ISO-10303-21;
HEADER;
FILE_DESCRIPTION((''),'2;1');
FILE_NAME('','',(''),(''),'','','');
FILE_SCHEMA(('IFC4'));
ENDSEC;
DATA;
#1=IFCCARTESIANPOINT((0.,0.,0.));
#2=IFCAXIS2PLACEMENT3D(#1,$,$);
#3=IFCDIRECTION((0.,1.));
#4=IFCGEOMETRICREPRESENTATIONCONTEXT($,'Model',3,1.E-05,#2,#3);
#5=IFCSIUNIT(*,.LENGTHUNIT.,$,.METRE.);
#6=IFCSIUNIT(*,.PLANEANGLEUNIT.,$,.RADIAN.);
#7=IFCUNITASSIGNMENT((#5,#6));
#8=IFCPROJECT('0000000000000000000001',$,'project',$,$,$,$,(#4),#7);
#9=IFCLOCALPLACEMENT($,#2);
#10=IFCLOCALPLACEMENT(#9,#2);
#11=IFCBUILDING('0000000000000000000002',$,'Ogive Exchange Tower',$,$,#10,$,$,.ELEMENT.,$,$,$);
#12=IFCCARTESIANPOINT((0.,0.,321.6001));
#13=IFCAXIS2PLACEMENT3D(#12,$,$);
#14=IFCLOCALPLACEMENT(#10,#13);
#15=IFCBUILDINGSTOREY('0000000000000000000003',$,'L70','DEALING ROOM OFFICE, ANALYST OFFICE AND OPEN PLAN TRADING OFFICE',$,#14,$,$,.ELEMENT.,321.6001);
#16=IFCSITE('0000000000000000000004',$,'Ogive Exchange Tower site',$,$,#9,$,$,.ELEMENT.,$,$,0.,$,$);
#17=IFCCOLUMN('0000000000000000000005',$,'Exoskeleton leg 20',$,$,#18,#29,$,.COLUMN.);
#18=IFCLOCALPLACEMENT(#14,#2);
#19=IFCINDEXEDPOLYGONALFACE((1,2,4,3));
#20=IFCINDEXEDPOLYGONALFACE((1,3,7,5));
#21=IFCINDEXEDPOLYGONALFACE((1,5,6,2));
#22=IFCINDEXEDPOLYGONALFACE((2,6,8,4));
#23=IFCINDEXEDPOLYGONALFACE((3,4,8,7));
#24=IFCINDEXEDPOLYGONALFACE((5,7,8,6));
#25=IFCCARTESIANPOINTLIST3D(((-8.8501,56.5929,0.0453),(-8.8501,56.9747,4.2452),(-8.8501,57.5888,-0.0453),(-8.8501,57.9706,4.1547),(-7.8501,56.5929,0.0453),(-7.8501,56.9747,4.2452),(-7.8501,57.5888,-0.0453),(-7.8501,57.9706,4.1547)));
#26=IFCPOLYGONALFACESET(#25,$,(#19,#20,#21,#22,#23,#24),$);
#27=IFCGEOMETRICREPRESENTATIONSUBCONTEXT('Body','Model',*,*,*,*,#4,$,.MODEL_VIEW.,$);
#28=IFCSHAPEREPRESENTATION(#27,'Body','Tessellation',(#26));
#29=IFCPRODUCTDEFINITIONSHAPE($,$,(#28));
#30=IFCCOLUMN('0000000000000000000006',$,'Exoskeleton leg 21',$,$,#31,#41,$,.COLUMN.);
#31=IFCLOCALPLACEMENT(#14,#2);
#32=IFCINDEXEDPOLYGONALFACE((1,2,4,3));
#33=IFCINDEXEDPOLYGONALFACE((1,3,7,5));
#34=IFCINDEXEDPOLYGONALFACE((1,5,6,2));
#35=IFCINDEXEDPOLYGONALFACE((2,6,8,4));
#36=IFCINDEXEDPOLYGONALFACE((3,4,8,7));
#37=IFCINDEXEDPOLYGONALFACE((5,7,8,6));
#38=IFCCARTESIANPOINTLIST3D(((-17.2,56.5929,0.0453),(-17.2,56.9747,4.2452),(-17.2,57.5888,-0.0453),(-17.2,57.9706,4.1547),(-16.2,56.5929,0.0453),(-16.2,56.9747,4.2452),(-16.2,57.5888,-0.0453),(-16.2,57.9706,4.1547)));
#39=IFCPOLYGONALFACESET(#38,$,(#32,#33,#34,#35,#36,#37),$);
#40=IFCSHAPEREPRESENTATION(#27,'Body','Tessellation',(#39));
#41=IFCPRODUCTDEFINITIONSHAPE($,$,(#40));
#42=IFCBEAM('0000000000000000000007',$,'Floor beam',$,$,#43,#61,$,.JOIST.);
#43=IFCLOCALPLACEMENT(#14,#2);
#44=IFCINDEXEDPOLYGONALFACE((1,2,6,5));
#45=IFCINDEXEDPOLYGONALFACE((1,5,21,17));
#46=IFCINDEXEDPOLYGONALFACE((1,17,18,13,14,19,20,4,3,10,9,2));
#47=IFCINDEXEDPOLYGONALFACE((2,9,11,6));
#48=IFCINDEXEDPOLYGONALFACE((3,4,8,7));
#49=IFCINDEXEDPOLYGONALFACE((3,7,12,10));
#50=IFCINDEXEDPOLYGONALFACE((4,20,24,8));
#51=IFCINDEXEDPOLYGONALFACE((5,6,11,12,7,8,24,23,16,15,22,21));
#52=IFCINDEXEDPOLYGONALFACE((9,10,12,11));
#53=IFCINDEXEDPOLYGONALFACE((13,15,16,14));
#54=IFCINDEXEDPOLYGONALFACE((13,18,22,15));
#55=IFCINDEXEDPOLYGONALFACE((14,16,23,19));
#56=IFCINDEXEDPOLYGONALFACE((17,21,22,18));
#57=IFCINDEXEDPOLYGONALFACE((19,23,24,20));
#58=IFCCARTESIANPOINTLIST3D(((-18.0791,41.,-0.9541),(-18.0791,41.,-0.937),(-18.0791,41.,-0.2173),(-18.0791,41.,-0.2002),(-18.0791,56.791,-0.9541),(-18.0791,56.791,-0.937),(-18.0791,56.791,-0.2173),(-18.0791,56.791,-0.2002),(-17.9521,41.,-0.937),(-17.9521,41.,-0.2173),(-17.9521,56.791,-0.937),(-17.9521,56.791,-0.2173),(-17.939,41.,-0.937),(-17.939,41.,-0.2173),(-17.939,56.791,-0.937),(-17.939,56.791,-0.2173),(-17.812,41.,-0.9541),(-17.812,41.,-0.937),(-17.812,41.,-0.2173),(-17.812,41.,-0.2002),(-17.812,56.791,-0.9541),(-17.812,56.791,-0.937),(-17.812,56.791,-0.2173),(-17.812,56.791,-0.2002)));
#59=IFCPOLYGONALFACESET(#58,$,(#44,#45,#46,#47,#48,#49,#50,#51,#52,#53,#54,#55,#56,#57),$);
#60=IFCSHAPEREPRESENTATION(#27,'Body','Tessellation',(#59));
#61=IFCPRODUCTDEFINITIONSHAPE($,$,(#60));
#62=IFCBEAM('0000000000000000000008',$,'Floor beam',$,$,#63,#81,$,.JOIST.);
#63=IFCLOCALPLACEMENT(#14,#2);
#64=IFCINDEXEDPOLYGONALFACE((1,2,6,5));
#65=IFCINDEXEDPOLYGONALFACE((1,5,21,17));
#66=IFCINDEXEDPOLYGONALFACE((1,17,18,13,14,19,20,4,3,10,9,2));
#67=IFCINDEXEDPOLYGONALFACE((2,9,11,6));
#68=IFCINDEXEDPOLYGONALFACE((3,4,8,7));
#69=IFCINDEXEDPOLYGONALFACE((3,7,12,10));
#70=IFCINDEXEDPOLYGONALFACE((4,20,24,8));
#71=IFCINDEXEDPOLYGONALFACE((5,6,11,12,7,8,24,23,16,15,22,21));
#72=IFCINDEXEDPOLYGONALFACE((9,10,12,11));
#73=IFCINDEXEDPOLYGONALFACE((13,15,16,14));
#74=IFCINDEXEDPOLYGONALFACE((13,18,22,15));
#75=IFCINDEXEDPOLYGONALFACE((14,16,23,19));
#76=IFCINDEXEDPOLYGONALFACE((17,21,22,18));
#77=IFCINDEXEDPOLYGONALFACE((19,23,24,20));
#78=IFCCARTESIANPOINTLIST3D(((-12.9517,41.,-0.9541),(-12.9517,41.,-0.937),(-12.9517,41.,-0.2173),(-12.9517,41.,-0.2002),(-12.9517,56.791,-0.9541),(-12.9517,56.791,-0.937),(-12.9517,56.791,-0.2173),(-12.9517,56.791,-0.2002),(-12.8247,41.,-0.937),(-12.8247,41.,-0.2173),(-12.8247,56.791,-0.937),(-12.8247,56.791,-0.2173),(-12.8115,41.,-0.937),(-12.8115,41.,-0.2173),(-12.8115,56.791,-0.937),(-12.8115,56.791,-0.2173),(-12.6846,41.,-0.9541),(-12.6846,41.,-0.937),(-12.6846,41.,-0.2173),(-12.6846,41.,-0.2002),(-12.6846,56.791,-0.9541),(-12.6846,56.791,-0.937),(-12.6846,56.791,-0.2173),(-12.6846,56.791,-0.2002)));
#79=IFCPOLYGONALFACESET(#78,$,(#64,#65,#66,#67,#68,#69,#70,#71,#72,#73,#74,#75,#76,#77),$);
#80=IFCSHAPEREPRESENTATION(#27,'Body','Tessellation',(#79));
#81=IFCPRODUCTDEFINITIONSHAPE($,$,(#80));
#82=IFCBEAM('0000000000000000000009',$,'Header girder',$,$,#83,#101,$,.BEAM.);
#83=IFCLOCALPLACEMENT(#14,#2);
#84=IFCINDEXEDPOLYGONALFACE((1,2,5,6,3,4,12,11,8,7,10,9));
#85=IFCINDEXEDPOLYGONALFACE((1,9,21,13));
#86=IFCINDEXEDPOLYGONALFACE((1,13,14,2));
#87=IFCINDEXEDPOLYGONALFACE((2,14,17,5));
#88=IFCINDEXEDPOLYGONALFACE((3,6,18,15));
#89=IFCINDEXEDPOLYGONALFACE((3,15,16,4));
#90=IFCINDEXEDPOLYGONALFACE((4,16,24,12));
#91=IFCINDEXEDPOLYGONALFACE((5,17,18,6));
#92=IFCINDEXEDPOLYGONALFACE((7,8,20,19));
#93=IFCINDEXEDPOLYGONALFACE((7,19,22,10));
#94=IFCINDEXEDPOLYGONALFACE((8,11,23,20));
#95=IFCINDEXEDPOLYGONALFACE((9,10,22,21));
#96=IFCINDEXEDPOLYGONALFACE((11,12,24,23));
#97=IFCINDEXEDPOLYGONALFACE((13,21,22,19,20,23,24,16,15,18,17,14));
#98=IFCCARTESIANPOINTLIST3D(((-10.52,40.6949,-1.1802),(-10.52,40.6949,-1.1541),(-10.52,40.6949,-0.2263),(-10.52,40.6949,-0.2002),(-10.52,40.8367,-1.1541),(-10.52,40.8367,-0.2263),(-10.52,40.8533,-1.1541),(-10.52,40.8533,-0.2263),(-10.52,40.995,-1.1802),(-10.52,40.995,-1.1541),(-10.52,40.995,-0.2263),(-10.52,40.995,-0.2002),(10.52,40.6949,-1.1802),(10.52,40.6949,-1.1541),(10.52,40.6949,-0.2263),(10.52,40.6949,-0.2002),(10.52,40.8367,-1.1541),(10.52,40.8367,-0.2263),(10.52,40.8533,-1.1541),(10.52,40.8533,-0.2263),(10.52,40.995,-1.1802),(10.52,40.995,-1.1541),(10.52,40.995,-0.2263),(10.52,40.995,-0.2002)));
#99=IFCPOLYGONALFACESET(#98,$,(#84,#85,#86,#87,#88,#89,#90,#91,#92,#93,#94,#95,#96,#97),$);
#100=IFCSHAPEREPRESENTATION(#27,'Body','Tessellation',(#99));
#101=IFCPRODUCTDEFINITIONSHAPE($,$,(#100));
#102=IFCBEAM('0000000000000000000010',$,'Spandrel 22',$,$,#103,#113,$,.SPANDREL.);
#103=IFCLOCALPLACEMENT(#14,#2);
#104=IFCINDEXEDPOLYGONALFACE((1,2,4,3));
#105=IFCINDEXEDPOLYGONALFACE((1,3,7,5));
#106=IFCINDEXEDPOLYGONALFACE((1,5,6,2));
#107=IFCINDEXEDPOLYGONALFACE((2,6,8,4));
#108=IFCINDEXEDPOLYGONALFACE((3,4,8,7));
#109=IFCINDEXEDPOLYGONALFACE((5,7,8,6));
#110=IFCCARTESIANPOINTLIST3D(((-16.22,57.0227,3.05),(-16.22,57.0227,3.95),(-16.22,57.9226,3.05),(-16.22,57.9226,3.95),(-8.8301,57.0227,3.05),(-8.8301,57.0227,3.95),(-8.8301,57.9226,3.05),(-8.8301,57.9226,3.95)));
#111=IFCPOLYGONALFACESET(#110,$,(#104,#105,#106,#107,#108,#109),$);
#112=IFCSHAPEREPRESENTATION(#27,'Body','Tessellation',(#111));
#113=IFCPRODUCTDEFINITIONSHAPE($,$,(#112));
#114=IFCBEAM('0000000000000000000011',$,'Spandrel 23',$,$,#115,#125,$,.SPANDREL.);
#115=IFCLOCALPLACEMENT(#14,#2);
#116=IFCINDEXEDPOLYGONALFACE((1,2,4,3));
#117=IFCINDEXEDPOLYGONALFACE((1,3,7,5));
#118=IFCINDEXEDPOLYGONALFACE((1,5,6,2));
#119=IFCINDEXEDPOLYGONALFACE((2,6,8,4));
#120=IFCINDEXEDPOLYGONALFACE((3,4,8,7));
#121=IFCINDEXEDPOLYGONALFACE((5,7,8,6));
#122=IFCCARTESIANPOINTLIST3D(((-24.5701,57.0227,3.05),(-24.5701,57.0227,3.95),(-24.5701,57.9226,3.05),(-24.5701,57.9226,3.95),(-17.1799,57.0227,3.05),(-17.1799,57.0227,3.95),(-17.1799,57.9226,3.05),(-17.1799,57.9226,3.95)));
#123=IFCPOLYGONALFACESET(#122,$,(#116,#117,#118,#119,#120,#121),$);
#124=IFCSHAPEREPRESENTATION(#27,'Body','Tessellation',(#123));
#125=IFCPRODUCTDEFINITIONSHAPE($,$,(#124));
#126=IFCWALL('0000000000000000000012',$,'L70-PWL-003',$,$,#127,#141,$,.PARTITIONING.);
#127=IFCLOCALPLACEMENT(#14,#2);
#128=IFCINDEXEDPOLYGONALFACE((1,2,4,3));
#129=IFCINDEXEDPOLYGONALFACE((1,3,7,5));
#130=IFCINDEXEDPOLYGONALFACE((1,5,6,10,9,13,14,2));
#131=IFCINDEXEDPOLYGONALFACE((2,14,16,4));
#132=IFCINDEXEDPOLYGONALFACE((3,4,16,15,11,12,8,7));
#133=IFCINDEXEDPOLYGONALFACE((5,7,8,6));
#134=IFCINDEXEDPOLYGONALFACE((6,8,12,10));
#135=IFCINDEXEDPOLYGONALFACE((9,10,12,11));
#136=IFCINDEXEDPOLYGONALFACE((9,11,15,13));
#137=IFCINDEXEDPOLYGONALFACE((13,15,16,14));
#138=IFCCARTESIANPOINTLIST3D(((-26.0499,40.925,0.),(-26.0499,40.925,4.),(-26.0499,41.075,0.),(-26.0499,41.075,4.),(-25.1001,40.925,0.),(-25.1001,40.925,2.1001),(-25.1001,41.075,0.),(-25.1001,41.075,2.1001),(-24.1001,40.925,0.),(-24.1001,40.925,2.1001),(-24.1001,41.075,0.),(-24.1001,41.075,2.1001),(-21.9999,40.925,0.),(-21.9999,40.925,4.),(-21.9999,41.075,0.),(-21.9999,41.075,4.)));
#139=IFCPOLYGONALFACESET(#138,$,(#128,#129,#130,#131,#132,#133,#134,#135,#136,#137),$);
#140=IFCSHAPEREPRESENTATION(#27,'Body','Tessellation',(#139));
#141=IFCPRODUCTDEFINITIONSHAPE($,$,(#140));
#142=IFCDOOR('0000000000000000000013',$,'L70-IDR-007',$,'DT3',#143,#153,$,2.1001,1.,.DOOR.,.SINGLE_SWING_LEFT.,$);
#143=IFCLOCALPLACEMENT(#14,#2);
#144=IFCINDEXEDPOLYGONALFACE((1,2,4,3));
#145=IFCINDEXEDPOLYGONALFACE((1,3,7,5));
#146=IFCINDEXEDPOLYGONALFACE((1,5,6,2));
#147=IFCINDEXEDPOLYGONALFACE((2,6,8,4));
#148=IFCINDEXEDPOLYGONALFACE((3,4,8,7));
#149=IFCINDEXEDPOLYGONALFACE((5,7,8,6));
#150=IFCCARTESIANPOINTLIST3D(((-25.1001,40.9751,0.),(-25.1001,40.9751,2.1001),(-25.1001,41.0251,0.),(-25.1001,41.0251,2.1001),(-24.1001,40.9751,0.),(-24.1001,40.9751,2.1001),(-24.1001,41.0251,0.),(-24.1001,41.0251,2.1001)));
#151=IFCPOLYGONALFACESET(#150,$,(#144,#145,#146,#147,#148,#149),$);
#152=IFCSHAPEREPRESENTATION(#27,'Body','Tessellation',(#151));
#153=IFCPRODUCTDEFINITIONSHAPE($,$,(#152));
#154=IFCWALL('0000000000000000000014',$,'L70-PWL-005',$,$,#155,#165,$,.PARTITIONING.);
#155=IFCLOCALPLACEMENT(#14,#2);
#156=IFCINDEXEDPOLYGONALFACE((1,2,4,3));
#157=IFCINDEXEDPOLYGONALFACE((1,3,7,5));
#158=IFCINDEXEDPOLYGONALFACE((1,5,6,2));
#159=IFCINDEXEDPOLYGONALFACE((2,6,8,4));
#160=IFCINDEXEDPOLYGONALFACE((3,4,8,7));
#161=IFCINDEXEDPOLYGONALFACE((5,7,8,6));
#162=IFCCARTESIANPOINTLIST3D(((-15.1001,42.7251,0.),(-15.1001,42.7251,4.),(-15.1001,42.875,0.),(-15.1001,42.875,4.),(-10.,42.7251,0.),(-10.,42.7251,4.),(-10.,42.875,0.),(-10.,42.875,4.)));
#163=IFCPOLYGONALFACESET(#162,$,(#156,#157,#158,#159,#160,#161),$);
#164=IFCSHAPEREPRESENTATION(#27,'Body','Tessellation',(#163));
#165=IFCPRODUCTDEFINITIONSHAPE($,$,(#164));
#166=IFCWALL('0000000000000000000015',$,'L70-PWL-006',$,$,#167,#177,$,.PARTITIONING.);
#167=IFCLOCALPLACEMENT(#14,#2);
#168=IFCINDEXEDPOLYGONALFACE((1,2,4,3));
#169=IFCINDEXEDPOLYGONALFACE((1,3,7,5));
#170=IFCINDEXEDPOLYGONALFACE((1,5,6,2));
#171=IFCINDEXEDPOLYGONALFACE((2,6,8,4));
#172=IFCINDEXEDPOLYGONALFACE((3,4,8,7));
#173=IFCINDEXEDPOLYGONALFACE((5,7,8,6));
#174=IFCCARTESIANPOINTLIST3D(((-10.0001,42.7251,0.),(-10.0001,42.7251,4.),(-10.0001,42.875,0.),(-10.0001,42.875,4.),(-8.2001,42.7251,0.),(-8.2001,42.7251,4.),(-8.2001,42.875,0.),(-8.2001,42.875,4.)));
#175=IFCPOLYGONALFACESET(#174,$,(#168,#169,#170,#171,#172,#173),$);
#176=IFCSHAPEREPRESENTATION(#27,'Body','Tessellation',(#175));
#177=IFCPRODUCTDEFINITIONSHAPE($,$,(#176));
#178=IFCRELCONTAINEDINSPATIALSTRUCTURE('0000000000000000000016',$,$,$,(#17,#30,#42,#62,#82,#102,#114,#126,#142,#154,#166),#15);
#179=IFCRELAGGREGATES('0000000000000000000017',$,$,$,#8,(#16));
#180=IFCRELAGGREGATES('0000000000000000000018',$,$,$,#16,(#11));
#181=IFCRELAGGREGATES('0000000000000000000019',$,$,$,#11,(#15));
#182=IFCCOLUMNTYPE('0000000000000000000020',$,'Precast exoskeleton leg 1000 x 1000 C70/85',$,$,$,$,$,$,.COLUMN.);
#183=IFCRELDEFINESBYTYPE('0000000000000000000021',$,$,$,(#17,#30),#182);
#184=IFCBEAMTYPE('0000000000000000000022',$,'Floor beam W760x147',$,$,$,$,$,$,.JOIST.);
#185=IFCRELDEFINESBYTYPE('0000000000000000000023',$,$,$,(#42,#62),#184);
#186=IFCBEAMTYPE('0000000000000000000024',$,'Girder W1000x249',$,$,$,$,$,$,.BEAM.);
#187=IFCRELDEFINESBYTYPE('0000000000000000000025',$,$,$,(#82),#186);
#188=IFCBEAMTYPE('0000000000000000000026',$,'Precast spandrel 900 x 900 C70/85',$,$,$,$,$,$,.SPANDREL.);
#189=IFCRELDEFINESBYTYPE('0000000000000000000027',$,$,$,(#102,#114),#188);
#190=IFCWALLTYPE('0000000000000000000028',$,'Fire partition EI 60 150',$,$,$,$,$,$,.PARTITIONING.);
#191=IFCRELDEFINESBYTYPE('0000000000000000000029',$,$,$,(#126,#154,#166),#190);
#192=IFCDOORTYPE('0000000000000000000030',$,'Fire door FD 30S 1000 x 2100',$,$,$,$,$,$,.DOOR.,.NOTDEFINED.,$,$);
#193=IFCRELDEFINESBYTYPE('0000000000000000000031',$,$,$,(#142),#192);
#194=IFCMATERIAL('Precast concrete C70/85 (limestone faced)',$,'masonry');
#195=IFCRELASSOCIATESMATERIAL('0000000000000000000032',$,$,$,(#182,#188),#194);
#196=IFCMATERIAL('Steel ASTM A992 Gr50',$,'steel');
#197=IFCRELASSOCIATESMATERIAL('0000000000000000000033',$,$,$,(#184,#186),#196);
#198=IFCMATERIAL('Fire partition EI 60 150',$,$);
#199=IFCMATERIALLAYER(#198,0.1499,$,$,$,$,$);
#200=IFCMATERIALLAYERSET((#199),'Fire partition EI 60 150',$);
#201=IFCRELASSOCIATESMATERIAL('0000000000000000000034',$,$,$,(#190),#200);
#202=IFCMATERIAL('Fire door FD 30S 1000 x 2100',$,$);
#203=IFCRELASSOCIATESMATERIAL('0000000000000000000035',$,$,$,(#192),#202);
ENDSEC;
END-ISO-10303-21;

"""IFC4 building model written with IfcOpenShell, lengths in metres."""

from ifc_helpers import new_model, si_unit, direction, frame, frame_2d, origin, origin_2d, place, context, subcontext, project, spatial, rectangle, i_section, extrude, material, layer, layer_set, material_profile, profile_set, type_object, element, fill, save


model = new_model("IFC4")

# Units and contexts
model_context = context("Model", 3, precision=1e-05, world=origin(), true_north=direction((0.0, 1.0)))
body_context = subcontext(model_context, "Body", "Model", "MODEL_VIEW")
ifc_project = project(units=[si_unit("LENGTHUNIT", "METRE"), si_unit("PLANEANGLEUNIT", "RADIAN")], contexts=[model_context])

# Site, building, storey
site_placement = place(None, origin())
site = spatial("IfcSite", under=ifc_project, at=site_placement, Name="Ogive Exchange Tower site", CompositionType="ELEMENT", RefElevation=0.0)
building_placement = place(site_placement, origin())
building = spatial("IfcBuilding", under=site, at=building_placement, Name="Ogive Exchange Tower", CompositionType="ELEMENT")
storey_placement = place(building_placement, frame((0.0, 0.0, 321.6001)))
storey = spatial("IfcBuildingStorey", under=building, at=storey_placement, Name="L70", Description="DEALING ROOM OFFICE, ANALYST OFFICE AND OPEN PLAN TRADING OFFICE", CompositionType="ELEMENT", Elevation=321.6001)

# Columns
ifc_material_1 = material(Name="Precast concrete C70/85 (limestone faced)", Category="masonry")
ifc_material_profile_1 = material_profile(ifc_material_1, rectangle(XDim=1.0, YDim=1.0, at=origin_2d()), Name="1000 x 1000")
ifc_profile_set_1 = profile_set([ifc_material_profile_1], Name="Precast concrete C70/85 (limestone faced)")
column_type = type_object("IfcColumnType", Name="Precast exoskeleton leg 1000 x 1000 C70/85", PredefinedType="COLUMN", material=ifc_profile_set_1)
for number, where, z_axis, x_axis, name in (
    (1, (-8.3501, 57.0908, 0.0), (0.0, 0.090541, 0.995893), (-1.0, 0.0, 0.0), "Exoskeleton leg 20"),
    (2, (-16.7, 57.0908, 0.0), (0.0, 0.090541, 0.995893), (-1.0, 0.0, 0.0), "Exoskeleton leg 21"),
):
    element("IfcColumn", number, at=place(storey_placement, frame(where, z_axis=z_axis, x_axis=x_axis)), inside=storey, type_object=column_type, Name=name, PredefinedType="COLUMN", context=body_context, shape_type="SweptSolid", body=[
        extrude(rectangle(XDim=1.0, YDim=1.0, at=origin_2d()), origin(), (0.0, 0.0, 1.0), 4.2173),
    ])

# Beams
ifc_material_2 = material(Name="Steel ASTM A992 Gr50", Category="steel")
ifc_material_profile_2 = material_profile(ifc_material_2, i_section(OverallWidth=0.2671, OverallDepth=0.7539, WebThickness=0.0132, FlangeThickness=0.0171, at=origin_2d()), Name="W760x147")
ifc_profile_set_2 = profile_set([ifc_material_profile_2], Name="Steel ASTM A992 Gr50")
beam_type_1 = type_object("IfcBeamType", Name="Floor beam W760x147", PredefinedType="JOIST", material=ifc_profile_set_2)
for number, where, z_axis, x_axis, name in (
    (3, (-17.9456, 41.0, -0.5771), (0.0, 1.0, 0.0), (-1.0, 0.0, 0.0), "Floor beam"),
    (4, (-12.8181, 41.0, -0.5771), (0.0, 1.0, 0.0), (-1.0, 0.0, 0.0), "Floor beam"),
):
    element("IfcBeam", number, at=place(storey_placement, frame(where, z_axis=z_axis, x_axis=x_axis)), inside=storey, type_object=beam_type_1, Name=name, PredefinedType="JOIST", context=body_context, shape_type="SweptSolid", body=[
        extrude(i_section(OverallWidth=0.2671, OverallDepth=0.7539, WebThickness=0.0132, FlangeThickness=0.0171, at=origin_2d()), origin(), (0.0, 0.0, 1.0), 15.791),
    ])
ifc_material_profile_3 = material_profile(ifc_material_2, i_section(OverallWidth=0.3, OverallDepth=0.98, WebThickness=0.0166, FlangeThickness=0.0261, at=origin_2d()), Name="W1000x249")
ifc_profile_set_3 = profile_set([ifc_material_profile_3], Name="Steel ASTM A992 Gr50")
beam_type_2 = type_object("IfcBeamType", Name="Girder W1000x249", PredefinedType="BEAM", material=ifc_profile_set_3)
beam_1_placement = place(storey_placement, frame((-10.52, 40.845, -0.6902), z_axis=(1.0, 0.0, 0.0), x_axis=(0.0, 1.0, 0.0)))
element("IfcBeam", 5, at=beam_1_placement, inside=storey, type_object=beam_type_2, Name="Header girder", PredefinedType="BEAM", context=body_context, shape_type="SweptSolid", body=[
    extrude(i_section(OverallWidth=0.3, OverallDepth=0.98, WebThickness=0.0166, FlangeThickness=0.0261, at=origin_2d()), origin(), (0.0, 0.0, 1.0), 21.04),
])
ifc_material_profile_4 = material_profile(ifc_material_1, rectangle(XDim=0.8999, YDim=0.8999, at=origin_2d()), Name="900 x 900")
ifc_profile_set_4 = profile_set([ifc_material_profile_4], Name="Precast concrete C70/85 (limestone faced)")
beam_type_3 = type_object("IfcBeamType", Name="Precast spandrel 900 x 900 C70/85", PredefinedType="SPANDREL", material=ifc_profile_set_4)
beam_2_placement = place(storey_placement, frame((-8.8301, 57.4727, 3.5), z_axis=(-1.0, 0.0, 0.0), x_axis=(0.0, -1.0, 0.0)))
element("IfcBeam", 6, at=beam_2_placement, inside=storey, type_object=beam_type_3, Name="Spandrel 22", PredefinedType="SPANDREL", context=body_context, shape_type="SweptSolid", body=[
    extrude(rectangle(XDim=0.8999, YDim=0.8999, at=origin_2d()), origin(), (0.0, 0.0, 1.0), 7.3899),
])
beam_3_placement = place(storey_placement, frame((-17.1799, 57.4727, 3.5), z_axis=(-1.0, 0.0, 0.0), x_axis=(0.0, -1.0, 0.0)))
element("IfcBeam", 7, at=beam_3_placement, inside=storey, type_object=beam_type_3, Name="Spandrel 23", PredefinedType="SPANDREL", context=body_context, shape_type="SweptSolid", body=[
    extrude(rectangle(XDim=0.8999, YDim=0.8999, at=origin_2d()), origin(), (0.0, 0.0, 1.0), 7.3901),
])

# Wall, opening, door
ifc_material_3 = material(Name="Fire partition EI 60 150")
ifc_layer_1 = layer(ifc_material_3, 0.1499)
ifc_layer_set_1 = layer_set([ifc_layer_1], Name="Fire partition EI 60 150")
wall_type_1 = type_object("IfcWallType", Name="Fire partition EI 60 150", PredefinedType="PARTITIONING", material=ifc_layer_set_1)
wall_1_placement = place(storey_placement, frame((-22.0, 41.0, 0.0), z_axis=(0.0, 0.0, 1.0), x_axis=(-1.0, 0.0, 0.0)))
wall_1 = element("IfcWall", 8, at=wall_1_placement, inside=storey, type_object=wall_type_1, Name="L70-PWL-003", PredefinedType="PARTITIONING", context=body_context, shape_type="SweptSolid", body=[
    extrude(rectangle(XDim=4.05, YDim=0.1499, at=frame_2d((2.0249, 0.0))), origin(), (0.0, 0.0, 1.0), 4.0),
])
opening_1_placement = place(wall_1_placement, frame((2.1001, 0.0, 0.0)))
opening_1 = element("IfcOpeningElement", 9, at=opening_1_placement, cuts=wall_1, PredefinedType="OPENING", context=body_context, shape_type="SweptSolid", body=[
    extrude(rectangle(XDim=1.0, YDim=2.1001, at=frame_2d((0.5, 1.05))), frame((0.0, 0.085, 0.0), z_axis=(0.0, -1.0, 0.0), x_axis=(1.0, 0.0, 0.0)), (0.0, 0.0, 1.0), 0.1699),
])
ifc_material_4 = material(Name="Fire door FD 30S 1000 x 2100")
door_type = type_object("IfcDoorType", Name="Fire door FD 30S 1000 x 2100", OperationType="NOTDEFINED", PredefinedType="DOOR", material=ifc_material_4)
door_1_placement = place(opening_1_placement, origin())
door_1 = element("IfcDoor", 10, at=door_1_placement, inside=storey, type_object=door_type, Name="L70-IDR-007", ObjectType="DT3", OperationType="SINGLE_SWING_LEFT", OverallHeight=2.1001, OverallWidth=1.0, PredefinedType="DOOR", context=body_context, shape_type="SweptSolid", body=[
    extrude(rectangle(XDim=1.0, YDim=2.1001, at=frame_2d((0.5, 1.05))), frame((0.0, 0.0249, 0.0), z_axis=(0.0, -1.0, 0.0), x_axis=(1.0, 0.0, 0.0)), (0.0, 0.0, 1.0), 0.05),
])
fill(opening_1, door_1)

# Walls
wall_2_placement = place(storey_placement, frame((-15.1001, 42.8, 0.0), z_axis=(0.0, 0.0, 1.0), x_axis=(1.0, 0.0, 0.0)))
element("IfcWall", 11, at=wall_2_placement, inside=storey, type_object=wall_type_1, Name="L70-PWL-005", PredefinedType="PARTITIONING", context=body_context, shape_type="SweptSolid", body=[
    extrude(rectangle(XDim=5.1001, YDim=0.1499, at=frame_2d((2.55, 0.0))), origin(), (0.0, 0.0, 1.0), 4.0),
])
wall_3_placement = place(storey_placement, frame((-10.0, 42.8, 0.0), z_axis=(0.0, 0.0, 1.0), x_axis=(1.0, 0.0, 0.0)))
element("IfcWall", 12, at=wall_3_placement, inside=storey, type_object=wall_type_1, Name="L70-PWL-006", PredefinedType="PARTITIONING", context=body_context, shape_type="SweptSolid", body=[
    extrude(rectangle(XDim=1.8, YDim=0.1499, at=frame_2d((0.8999, 0.0))), origin(), (0.0, 0.0, 1.0), 4.0),
])

save(model, "model.ifc")
